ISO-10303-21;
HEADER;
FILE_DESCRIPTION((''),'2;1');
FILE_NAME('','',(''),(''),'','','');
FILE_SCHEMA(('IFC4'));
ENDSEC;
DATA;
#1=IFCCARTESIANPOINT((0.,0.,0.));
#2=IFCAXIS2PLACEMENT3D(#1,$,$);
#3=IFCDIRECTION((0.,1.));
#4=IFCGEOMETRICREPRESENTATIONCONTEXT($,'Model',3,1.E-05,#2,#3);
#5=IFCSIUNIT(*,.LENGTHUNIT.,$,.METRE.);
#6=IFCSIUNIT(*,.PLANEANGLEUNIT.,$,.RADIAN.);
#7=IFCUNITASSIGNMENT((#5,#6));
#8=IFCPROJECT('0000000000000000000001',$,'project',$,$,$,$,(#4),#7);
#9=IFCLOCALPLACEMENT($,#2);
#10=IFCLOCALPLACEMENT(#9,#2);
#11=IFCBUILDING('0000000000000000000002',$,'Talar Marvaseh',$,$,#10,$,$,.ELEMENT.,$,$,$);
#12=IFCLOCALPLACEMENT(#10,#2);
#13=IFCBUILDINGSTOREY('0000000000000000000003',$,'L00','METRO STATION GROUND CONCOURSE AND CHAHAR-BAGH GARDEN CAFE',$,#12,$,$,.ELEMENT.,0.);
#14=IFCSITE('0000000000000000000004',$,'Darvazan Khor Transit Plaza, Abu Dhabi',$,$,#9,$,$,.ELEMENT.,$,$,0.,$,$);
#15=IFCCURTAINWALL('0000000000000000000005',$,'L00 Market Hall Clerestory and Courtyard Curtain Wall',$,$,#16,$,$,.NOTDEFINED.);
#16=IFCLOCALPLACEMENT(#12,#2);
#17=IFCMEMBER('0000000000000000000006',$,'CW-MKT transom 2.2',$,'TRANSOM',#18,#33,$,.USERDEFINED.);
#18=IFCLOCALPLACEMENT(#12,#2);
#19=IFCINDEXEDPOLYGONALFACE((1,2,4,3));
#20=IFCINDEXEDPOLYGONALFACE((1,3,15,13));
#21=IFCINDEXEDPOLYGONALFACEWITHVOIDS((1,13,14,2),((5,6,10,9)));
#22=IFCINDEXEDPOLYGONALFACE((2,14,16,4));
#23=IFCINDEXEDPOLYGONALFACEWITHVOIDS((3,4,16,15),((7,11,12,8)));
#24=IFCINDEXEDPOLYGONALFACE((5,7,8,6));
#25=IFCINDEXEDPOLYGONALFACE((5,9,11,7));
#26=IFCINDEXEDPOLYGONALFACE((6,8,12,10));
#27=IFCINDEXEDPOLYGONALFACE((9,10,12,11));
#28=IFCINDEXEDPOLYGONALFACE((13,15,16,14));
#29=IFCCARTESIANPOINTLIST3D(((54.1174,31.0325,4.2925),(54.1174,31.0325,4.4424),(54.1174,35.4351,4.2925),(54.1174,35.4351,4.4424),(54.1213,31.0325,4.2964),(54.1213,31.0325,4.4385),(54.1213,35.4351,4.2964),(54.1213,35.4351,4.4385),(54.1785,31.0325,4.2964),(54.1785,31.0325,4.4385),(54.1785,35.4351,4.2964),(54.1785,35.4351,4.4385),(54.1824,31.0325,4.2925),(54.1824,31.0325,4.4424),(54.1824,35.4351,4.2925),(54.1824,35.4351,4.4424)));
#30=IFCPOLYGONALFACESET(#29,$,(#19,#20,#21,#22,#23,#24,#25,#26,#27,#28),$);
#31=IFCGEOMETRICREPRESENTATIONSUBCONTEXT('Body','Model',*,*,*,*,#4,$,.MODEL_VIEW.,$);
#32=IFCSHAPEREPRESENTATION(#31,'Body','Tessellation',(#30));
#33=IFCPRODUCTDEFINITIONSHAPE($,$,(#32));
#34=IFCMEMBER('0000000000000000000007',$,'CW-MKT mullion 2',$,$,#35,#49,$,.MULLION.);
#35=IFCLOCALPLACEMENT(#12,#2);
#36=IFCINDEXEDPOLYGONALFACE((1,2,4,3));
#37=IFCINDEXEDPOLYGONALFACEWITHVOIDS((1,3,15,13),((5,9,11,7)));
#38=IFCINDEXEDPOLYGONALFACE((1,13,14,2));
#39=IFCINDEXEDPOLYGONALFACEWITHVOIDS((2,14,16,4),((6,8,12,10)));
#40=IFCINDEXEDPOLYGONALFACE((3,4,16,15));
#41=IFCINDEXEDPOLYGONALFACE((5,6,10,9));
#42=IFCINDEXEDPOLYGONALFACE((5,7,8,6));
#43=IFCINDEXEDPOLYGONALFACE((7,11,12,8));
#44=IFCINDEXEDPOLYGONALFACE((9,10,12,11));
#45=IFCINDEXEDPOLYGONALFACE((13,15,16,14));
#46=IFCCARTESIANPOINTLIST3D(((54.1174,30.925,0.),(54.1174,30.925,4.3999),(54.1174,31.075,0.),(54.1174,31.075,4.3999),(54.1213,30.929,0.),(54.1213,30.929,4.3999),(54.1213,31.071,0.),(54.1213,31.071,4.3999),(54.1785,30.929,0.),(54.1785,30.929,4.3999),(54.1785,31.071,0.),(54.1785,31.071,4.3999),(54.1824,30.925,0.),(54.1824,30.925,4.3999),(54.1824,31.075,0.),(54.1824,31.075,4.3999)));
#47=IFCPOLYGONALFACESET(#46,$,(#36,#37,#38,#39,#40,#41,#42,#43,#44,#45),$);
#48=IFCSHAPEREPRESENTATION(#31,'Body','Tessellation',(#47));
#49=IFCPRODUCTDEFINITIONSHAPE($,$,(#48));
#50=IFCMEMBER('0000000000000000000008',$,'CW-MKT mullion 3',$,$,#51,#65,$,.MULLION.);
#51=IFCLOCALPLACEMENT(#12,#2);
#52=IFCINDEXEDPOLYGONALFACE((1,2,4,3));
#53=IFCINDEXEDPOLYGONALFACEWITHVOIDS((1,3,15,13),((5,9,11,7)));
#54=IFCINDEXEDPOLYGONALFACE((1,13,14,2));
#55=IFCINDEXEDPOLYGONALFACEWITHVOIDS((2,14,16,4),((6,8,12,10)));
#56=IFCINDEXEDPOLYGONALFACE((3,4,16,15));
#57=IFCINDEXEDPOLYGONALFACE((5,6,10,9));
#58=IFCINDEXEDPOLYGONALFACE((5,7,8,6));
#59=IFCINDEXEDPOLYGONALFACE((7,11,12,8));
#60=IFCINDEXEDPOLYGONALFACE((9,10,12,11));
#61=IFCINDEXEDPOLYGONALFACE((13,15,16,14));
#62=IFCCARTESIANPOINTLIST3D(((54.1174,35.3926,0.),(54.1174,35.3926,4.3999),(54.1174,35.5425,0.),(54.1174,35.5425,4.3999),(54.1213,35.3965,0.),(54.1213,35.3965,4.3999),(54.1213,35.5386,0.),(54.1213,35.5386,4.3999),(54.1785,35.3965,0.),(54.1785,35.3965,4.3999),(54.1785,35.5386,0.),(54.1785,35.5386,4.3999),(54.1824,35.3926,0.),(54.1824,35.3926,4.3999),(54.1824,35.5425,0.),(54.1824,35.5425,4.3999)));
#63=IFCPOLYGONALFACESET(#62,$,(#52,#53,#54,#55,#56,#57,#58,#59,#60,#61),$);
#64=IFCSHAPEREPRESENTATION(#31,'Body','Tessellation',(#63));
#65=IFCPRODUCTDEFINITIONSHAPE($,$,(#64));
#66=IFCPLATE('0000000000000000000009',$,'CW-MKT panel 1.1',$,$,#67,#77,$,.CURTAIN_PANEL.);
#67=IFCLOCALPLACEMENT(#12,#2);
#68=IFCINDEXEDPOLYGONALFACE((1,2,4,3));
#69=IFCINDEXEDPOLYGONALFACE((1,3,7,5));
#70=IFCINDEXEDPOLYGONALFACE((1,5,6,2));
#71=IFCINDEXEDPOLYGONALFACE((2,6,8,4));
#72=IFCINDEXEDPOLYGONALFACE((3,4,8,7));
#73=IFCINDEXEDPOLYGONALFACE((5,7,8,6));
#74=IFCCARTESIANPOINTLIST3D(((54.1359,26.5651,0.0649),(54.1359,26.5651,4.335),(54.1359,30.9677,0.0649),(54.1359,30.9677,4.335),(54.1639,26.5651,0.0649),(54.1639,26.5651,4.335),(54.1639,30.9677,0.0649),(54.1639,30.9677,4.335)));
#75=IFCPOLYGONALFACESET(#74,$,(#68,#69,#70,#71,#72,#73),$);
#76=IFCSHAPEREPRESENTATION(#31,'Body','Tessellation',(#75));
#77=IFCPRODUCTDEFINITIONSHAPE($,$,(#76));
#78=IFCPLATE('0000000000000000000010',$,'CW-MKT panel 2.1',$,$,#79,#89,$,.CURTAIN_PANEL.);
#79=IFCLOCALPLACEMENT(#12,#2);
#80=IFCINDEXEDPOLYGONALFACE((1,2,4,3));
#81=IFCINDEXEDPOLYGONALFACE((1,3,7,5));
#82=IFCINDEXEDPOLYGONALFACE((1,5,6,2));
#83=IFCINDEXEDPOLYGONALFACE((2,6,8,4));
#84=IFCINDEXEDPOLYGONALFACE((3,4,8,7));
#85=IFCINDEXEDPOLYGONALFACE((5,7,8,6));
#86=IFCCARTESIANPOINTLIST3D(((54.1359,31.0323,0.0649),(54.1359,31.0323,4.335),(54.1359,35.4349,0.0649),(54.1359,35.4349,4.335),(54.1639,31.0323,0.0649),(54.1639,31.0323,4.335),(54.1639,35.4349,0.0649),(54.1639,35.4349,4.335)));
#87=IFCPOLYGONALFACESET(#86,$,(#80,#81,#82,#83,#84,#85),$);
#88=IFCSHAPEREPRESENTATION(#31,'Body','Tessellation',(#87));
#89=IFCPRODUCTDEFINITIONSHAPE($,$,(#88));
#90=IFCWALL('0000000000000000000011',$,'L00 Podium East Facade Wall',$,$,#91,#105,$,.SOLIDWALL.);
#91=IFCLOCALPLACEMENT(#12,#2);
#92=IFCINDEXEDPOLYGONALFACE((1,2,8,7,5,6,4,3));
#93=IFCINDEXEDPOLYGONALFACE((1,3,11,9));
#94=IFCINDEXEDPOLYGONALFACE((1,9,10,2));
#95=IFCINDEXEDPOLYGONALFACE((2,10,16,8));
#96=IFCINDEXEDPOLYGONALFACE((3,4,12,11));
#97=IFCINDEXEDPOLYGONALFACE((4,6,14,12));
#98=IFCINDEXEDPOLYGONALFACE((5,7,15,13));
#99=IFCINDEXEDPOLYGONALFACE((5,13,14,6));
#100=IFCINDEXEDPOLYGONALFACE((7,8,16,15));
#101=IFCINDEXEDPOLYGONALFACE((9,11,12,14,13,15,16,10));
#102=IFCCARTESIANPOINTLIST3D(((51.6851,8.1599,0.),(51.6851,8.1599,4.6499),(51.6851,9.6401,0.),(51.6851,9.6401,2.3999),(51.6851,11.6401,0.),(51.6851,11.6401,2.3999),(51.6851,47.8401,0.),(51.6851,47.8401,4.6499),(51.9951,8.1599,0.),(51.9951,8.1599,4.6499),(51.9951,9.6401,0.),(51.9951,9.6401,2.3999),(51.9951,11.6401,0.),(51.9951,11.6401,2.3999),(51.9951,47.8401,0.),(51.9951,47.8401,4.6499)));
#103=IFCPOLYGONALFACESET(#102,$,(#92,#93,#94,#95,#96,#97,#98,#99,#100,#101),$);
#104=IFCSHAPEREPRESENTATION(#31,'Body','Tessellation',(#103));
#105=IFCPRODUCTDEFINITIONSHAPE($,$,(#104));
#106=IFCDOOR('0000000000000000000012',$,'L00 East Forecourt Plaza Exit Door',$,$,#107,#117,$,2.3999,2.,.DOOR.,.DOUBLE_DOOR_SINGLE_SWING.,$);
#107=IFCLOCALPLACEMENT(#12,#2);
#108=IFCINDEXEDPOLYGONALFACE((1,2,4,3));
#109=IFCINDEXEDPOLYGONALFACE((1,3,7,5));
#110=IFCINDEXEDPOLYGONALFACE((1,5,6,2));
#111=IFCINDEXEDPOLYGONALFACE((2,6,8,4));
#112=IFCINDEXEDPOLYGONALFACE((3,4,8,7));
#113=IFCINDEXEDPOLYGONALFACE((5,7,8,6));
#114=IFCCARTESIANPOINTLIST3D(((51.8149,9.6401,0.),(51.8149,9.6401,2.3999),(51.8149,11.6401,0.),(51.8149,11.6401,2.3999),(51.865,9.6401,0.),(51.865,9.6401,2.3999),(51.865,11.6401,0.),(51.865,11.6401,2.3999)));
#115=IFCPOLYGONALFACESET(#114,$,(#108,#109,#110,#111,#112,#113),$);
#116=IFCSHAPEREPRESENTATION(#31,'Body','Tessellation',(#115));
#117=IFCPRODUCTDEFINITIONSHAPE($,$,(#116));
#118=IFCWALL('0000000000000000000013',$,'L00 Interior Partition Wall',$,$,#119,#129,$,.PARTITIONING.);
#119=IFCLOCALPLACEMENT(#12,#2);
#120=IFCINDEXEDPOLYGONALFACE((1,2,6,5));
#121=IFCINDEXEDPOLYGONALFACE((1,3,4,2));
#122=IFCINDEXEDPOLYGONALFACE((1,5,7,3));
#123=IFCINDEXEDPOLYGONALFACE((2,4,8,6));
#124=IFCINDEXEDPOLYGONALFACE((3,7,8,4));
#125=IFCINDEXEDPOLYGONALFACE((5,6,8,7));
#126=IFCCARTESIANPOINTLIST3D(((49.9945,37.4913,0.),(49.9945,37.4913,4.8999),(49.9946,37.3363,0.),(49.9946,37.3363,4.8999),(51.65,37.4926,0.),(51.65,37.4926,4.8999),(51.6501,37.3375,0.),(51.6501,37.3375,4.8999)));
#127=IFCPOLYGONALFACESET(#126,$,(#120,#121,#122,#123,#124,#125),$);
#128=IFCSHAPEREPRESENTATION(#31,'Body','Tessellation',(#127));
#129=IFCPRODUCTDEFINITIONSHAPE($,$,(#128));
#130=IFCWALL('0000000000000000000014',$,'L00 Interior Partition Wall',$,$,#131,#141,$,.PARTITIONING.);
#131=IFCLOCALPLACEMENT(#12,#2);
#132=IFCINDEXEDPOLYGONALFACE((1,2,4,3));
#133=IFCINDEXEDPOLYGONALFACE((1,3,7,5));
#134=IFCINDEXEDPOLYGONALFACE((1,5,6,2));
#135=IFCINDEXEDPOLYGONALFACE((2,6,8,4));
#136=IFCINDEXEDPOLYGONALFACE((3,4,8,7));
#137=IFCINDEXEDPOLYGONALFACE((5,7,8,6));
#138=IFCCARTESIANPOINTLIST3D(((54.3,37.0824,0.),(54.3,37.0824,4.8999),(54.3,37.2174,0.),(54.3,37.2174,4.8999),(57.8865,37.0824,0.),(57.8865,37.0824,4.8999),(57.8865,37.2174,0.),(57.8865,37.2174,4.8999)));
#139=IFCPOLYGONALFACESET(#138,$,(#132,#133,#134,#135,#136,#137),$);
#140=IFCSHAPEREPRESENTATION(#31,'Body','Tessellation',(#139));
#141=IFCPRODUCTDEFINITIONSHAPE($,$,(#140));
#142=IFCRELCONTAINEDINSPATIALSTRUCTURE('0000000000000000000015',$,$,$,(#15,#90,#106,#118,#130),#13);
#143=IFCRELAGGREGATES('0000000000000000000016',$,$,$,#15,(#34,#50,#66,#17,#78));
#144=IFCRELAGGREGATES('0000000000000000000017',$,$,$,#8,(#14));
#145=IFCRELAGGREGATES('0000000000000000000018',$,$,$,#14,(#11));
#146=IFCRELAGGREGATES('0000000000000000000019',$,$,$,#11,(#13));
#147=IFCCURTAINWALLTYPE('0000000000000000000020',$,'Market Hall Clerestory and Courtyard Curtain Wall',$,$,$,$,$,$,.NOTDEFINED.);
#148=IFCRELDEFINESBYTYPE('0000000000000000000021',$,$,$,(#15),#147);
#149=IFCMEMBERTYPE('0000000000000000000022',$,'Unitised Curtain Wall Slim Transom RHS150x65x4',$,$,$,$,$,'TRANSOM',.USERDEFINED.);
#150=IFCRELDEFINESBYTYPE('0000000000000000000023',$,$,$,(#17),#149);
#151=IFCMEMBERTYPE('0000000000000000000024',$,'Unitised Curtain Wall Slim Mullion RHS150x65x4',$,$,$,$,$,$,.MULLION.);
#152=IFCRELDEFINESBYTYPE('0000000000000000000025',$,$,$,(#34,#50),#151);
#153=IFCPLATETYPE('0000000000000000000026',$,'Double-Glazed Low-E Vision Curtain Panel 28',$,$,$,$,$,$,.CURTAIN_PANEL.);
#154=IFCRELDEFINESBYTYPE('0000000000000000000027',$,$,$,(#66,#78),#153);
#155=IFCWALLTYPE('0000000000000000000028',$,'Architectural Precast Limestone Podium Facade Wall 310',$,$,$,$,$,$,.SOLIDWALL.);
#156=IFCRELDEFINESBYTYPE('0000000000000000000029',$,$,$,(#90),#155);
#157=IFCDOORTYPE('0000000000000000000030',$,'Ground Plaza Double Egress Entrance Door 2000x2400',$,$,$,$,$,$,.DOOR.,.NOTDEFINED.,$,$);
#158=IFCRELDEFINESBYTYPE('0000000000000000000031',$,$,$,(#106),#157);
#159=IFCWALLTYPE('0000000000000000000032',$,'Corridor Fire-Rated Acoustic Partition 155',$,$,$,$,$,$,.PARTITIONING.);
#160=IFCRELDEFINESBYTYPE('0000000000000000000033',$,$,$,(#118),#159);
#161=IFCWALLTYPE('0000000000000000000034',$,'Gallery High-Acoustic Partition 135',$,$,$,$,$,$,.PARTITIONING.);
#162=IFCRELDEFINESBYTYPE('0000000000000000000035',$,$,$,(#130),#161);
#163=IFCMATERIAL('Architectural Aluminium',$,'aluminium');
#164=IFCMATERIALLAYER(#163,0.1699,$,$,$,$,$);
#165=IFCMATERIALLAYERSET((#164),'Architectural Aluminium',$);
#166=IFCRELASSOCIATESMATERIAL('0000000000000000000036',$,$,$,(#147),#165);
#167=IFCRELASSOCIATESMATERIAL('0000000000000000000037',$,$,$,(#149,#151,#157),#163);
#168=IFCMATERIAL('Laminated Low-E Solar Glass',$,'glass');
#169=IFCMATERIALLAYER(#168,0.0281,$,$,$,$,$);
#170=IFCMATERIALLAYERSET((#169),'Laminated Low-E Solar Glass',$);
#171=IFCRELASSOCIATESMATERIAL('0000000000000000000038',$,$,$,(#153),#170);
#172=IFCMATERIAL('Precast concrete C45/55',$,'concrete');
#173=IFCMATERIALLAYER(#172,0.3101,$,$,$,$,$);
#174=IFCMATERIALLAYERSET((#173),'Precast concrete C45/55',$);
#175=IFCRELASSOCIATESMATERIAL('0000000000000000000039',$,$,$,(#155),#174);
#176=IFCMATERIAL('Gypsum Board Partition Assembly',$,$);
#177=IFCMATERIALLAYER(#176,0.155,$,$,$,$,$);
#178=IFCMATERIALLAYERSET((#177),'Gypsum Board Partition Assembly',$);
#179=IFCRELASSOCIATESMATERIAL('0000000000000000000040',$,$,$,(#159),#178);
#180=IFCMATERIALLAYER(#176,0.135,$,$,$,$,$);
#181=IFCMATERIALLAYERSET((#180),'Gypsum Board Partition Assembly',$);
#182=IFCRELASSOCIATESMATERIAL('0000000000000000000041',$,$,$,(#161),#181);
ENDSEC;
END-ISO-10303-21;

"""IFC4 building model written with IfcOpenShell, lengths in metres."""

from ifc_helpers import new_model, si_unit, direction, frame, frame_2d, origin, origin_2d, place, context, subcontext, project, spatial, rectangle, hollow_rectangle, extrude, source, transform, mapped, material, layer, layer_set, material_profile, profile_set, type_object, type_shapes, element, fill, aggregate, save


model = new_model("IFC4")

# Units and contexts
model_context = context("Model", 3, precision=1e-05, world=origin(), true_north=direction((0.0, 1.0)))
body_context = subcontext(model_context, "Body", "Model", "MODEL_VIEW")
ifc_project = project(units=[si_unit("LENGTHUNIT", "METRE"), si_unit("PLANEANGLEUNIT", "RADIAN")], contexts=[model_context])

# Site, building, storey
site_placement = place(None, origin())
site = spatial("IfcSite", under=ifc_project, at=site_placement, Name="Darvazan Khor Transit Plaza, Abu Dhabi", CompositionType="ELEMENT", RefElevation=0.0)
building_placement = place(site_placement, origin())
building = spatial("IfcBuilding", under=site, at=building_placement, Name="Talar Marvaseh", CompositionType="ELEMENT")
storey_placement = place(building_placement, origin())
storey = spatial("IfcBuildingStorey", under=building, at=storey_placement, Name="L00", Description="METRO STATION GROUND CONCOURSE AND CHAHAR-BAGH GARDEN CAFE", CompositionType="ELEMENT", Elevation=0.0)

# Curtain wall, members, plates
ifc_material_1 = material(Name="Architectural Aluminium", Category="aluminium")
ifc_layer_1 = layer(ifc_material_1, 0.1699)
ifc_layer_set_1 = layer_set([ifc_layer_1], Name="Architectural Aluminium")
curtain_wall_type = type_object("IfcCurtainWallType", Name="Market Hall Clerestory and Courtyard Curtain Wall", PredefinedType="NOTDEFINED", material=ifc_layer_set_1)
curtain_wall_placement = place(storey_placement, origin())
curtain_wall = element("IfcCurtainWall", 1, at=curtain_wall_placement, inside=storey, type_object=curtain_wall_type, Name="L00 Market Hall Clerestory and Courtyard Curtain Wall", PredefinedType="NOTDEFINED")
ifc_material_profile_1 = material_profile(ifc_material_1, hollow_rectangle(XDim=0.0649, YDim=0.1499, WallThickness=0.0039, at=origin_2d()), Name="RHS150x65x4")
ifc_profile_set_1 = profile_set([ifc_material_profile_1], Name="Architectural Aluminium")
member_type_1 = type_object("IfcMemberType", Name="Unitised Curtain Wall Slim Transom RHS150x65x4", ElementType="TRANSOM", PredefinedType="USERDEFINED", material=ifc_profile_set_1)
shared_shape_1 = source(origin(), body_context, "Body", "SweptSolid", [
    extrude(hollow_rectangle(XDim=0.0649, YDim=0.1499, WallThickness=0.0039, at=origin_2d()), origin(), (0.0, 0.0, 1.0), 4.4026),
])
type_shapes(member_type_1, [shared_shape_1])
member_1_placement = place(storey_placement, frame((54.1499, 31.0325, 4.3674), z_axis=(0.0, 1.0, 0.0), x_axis=(-1.0, 0.0, 0.0)))
member_1 = element("IfcMember", 2, at=member_1_placement, type_object=member_type_1, Name="CW-MKT transom 2.2", ObjectType="TRANSOM", PredefinedType="USERDEFINED", context=body_context, shape_type="MappedRepresentation", body=[
    mapped(shared_shape_1, transform((0.0, 0.0, 0.0), x_axis=(1.0, 0.0, 0.0), y_axis=(0.0, 1.0, 0.0), z_axis=(0.0, 0.0, 1.0), scale=1.0)),
])
ifc_material_profile_2 = material_profile(ifc_material_1, hollow_rectangle(XDim=0.0649, YDim=0.1499, WallThickness=0.0039, at=origin_2d()), Name="RHS150x65x4")
ifc_profile_set_2 = profile_set([ifc_material_profile_2], Name="Architectural Aluminium")
member_type_2 = type_object("IfcMemberType", Name="Unitised Curtain Wall Slim Mullion RHS150x65x4", PredefinedType="MULLION", material=ifc_profile_set_2)
shared_shape_2 = source(origin(), body_context, "Body", "SweptSolid", [
    extrude(hollow_rectangle(XDim=0.0649, YDim=0.1499, WallThickness=0.0039, at=origin_2d()), origin(), (0.0, 0.0, 1.0), 4.3999),
])
type_shapes(member_type_2, [shared_shape_2])
member_2_placement = place(storey_placement, frame((54.1499, 31.0, 0.0), z_axis=(0.0, 0.0, 1.0), x_axis=(-1.0, 0.0, 0.0)))
member_2 = element("IfcMember", 3, at=member_2_placement, type_object=member_type_2, Name="CW-MKT mullion 2", PredefinedType="MULLION", context=body_context, shape_type="MappedRepresentation", body=[
    mapped(shared_shape_2, transform((0.0, 0.0, 0.0), x_axis=(1.0, 0.0, 0.0), y_axis=(0.0, 1.0, 0.0), z_axis=(0.0, 0.0, 1.0), scale=1.0)),
])
member_3_placement = place(storey_placement, frame((54.1499, 35.4675, 0.0), z_axis=(0.0, 0.0, 1.0), x_axis=(-1.0, 0.0, 0.0)))
member_3 = element("IfcMember", 4, at=member_3_placement, type_object=member_type_2, Name="CW-MKT mullion 3", PredefinedType="MULLION", context=body_context, shape_type="MappedRepresentation", body=[
    mapped(shared_shape_2, transform((0.0, 0.0, 0.0), x_axis=(1.0, 0.0, 0.0), y_axis=(0.0, 1.0, 0.0), z_axis=(0.0, 0.0, 1.0), scale=1.0)),
])
ifc_material_2 = material(Name="Laminated Low-E Solar Glass", Category="glass")
ifc_layer_2 = layer(ifc_material_2, 0.0281)
ifc_layer_set_2 = layer_set([ifc_layer_2], Name="Laminated Low-E Solar Glass")
plate_type = type_object("IfcPlateType", Name="Double-Glazed Low-E Vision Curtain Panel 28", PredefinedType="CURTAIN_PANEL", material=ifc_layer_set_2)
shared_shape_3 = source(origin(), body_context, "Body", "SweptSolid", [
    extrude(rectangle(XDim=4.4026, YDim=0.0281, at=origin_2d()), origin(), (0.0, 0.0, 1.0), 4.27),
])
type_shapes(plate_type, [shared_shape_3])
plate_1_placement = place(storey_placement, frame((54.1499, 28.7664, 0.0649), z_axis=(0.0, 0.0, 1.0), x_axis=(0.0, 1.0, 0.0)))
plate_1 = element("IfcPlate", 5, at=plate_1_placement, type_object=plate_type, Name="CW-MKT panel 1.1", PredefinedType="CURTAIN_PANEL", context=body_context, shape_type="MappedRepresentation", body=[
    mapped(shared_shape_3, transform((0.0, 0.0, 0.0), x_axis=(1.0, 0.0, 0.0), y_axis=(0.0, 1.0, 0.0), z_axis=(0.0, 0.0, 1.0), scale=1.0)),
])
plate_2_placement = place(storey_placement, frame((54.1499, 33.2336, 0.0649), z_axis=(0.0, 0.0, 1.0), x_axis=(0.0, 1.0, 0.0)))
plate_2 = element("IfcPlate", 6, at=plate_2_placement, type_object=plate_type, Name="CW-MKT panel 2.1", PredefinedType="CURTAIN_PANEL", context=body_context, shape_type="MappedRepresentation", body=[
    mapped(shared_shape_3, transform((0.0, 0.0, 0.0), x_axis=(1.0, 0.0, 0.0), y_axis=(0.0, 1.0, 0.0), z_axis=(0.0, 0.0, 1.0), scale=1.0)),
])
aggregate(curtain_wall, [member_2, member_3, plate_1, member_1, plate_2])

# Wall, opening, door
ifc_material_3 = material(Name="Precast concrete C45/55", Category="concrete")
ifc_layer_3 = layer(ifc_material_3, 0.3101)
ifc_layer_set_3 = layer_set([ifc_layer_3], Name="Precast concrete C45/55")
wall_type_1 = type_object("IfcWallType", Name="Architectural Precast Limestone Podium Facade Wall 310", PredefinedType="SOLIDWALL", material=ifc_layer_set_3)
wall_1_placement = place(storey_placement, frame((51.8401, 47.8401, 0.0), z_axis=(0.0, 0.0, 1.0), x_axis=(0.0, -1.0, 0.0)))
wall_1 = element("IfcWall", 7, at=wall_1_placement, inside=storey, type_object=wall_type_1, Name="L00 Podium East Facade Wall", PredefinedType="SOLIDWALL", context=body_context, shape_type="SweptSolid", body=[
    extrude(rectangle(XDim=39.6802, YDim=0.3101, at=frame_2d((19.8401, 0.0))), origin(), (0.0, 0.0, 1.0), 4.6499),
])
opening_1_placement = place(wall_1_placement, frame((36.2, 0.0, 0.0)))
opening_1 = element("IfcOpeningElement", 8, at=opening_1_placement, cuts=wall_1, PredefinedType="OPENING", context=body_context, shape_type="SweptSolid", body=[
    extrude(rectangle(XDim=2.0, YDim=2.3999, at=frame_2d((1.0, 1.2))), frame((0.0, 0.165, 0.0), z_axis=(0.0, -1.0, 0.0), x_axis=(1.0, 0.0, 0.0)), (0.0, 0.0, 1.0), 0.3301),
])
door_type_1 = type_object("IfcDoorType", Name="Ground Plaza Double Egress Entrance Door 2000x2400", OperationType="NOTDEFINED", PredefinedType="DOOR", material=ifc_material_1)
shared_shape_4 = source(origin(), body_context, "Body", "SweptSolid", [
    extrude(rectangle(XDim=2.0, YDim=2.3999, at=frame_2d((1.0, 1.2))), frame((0.0, 0.0249, 0.0), z_axis=(0.0, -1.0, 0.0), x_axis=(1.0, 0.0, 0.0)), (0.0, 0.0, 1.0), 0.05),
])
type_shapes(door_type_1, [shared_shape_4])
door_1_placement = place(opening_1_placement, origin())
door_1 = element("IfcDoor", 9, at=door_1_placement, inside=storey, type_object=door_type_1, Name="L00 East Forecourt Plaza Exit Door", OperationType="DOUBLE_DOOR_SINGLE_SWING", OverallHeight=2.3999, OverallWidth=2.0, PredefinedType="DOOR", context=body_context, shape_type="MappedRepresentation", body=[
    mapped(shared_shape_4, transform((0.0, 0.0, 0.0), x_axis=(1.0, 0.0, 0.0), y_axis=(0.0, 1.0, 0.0), z_axis=(0.0, 0.0, 1.0), scale=1.0)),
])
fill(opening_1, door_1)

# Walls
ifc_material_4 = material(Name="Gypsum Board Partition Assembly")
ifc_layer_4 = layer(ifc_material_4, 0.155)
ifc_layer_set_4 = layer_set([ifc_layer_4], Name="Gypsum Board Partition Assembly")
wall_type_2 = type_object("IfcWallType", Name="Corridor Fire-Rated Acoustic Partition 155", PredefinedType="PARTITIONING", material=ifc_layer_set_4)
wall_2_placement = place(storey_placement, frame((51.6499, 37.415, 0.0), z_axis=(0.0, 0.0, 1.0), x_axis=(-1.0, -0.000737, 0.0)))
element("IfcWall", 10, at=wall_2_placement, inside=storey, type_object=wall_type_2, Name="L00 Interior Partition Wall", PredefinedType="PARTITIONING", context=body_context, shape_type="SweptSolid", body=[
    extrude(rectangle(XDim=1.6555, YDim=0.155, at=frame_2d((0.8276, 0.0))), origin(), (0.0, 0.0, 1.0), 4.8999),
])
ifc_layer_5 = layer(ifc_material_4, 0.135)
ifc_layer_set_5 = layer_set([ifc_layer_5], Name="Gypsum Board Partition Assembly")
wall_type_3 = type_object("IfcWallType", Name="Gallery High-Acoustic Partition 135", PredefinedType="PARTITIONING", material=ifc_layer_set_5)
wall_3_placement = place(storey_placement, frame((54.3, 37.1499, 0.0), z_axis=(0.0, 0.0, 1.0), x_axis=(1.0, 0.0, 0.0)))
element("IfcWall", 11, at=wall_3_placement, inside=storey, type_object=wall_type_3, Name="L00 Interior Partition Wall", PredefinedType="PARTITIONING", context=body_context, shape_type="SweptSolid", body=[
    extrude(rectangle(XDim=3.5864, YDim=0.135, at=frame_2d((1.7932, 0.0))), origin(), (0.0, 0.0, 1.0), 4.8999),
])

save(model, "model.ifc")
